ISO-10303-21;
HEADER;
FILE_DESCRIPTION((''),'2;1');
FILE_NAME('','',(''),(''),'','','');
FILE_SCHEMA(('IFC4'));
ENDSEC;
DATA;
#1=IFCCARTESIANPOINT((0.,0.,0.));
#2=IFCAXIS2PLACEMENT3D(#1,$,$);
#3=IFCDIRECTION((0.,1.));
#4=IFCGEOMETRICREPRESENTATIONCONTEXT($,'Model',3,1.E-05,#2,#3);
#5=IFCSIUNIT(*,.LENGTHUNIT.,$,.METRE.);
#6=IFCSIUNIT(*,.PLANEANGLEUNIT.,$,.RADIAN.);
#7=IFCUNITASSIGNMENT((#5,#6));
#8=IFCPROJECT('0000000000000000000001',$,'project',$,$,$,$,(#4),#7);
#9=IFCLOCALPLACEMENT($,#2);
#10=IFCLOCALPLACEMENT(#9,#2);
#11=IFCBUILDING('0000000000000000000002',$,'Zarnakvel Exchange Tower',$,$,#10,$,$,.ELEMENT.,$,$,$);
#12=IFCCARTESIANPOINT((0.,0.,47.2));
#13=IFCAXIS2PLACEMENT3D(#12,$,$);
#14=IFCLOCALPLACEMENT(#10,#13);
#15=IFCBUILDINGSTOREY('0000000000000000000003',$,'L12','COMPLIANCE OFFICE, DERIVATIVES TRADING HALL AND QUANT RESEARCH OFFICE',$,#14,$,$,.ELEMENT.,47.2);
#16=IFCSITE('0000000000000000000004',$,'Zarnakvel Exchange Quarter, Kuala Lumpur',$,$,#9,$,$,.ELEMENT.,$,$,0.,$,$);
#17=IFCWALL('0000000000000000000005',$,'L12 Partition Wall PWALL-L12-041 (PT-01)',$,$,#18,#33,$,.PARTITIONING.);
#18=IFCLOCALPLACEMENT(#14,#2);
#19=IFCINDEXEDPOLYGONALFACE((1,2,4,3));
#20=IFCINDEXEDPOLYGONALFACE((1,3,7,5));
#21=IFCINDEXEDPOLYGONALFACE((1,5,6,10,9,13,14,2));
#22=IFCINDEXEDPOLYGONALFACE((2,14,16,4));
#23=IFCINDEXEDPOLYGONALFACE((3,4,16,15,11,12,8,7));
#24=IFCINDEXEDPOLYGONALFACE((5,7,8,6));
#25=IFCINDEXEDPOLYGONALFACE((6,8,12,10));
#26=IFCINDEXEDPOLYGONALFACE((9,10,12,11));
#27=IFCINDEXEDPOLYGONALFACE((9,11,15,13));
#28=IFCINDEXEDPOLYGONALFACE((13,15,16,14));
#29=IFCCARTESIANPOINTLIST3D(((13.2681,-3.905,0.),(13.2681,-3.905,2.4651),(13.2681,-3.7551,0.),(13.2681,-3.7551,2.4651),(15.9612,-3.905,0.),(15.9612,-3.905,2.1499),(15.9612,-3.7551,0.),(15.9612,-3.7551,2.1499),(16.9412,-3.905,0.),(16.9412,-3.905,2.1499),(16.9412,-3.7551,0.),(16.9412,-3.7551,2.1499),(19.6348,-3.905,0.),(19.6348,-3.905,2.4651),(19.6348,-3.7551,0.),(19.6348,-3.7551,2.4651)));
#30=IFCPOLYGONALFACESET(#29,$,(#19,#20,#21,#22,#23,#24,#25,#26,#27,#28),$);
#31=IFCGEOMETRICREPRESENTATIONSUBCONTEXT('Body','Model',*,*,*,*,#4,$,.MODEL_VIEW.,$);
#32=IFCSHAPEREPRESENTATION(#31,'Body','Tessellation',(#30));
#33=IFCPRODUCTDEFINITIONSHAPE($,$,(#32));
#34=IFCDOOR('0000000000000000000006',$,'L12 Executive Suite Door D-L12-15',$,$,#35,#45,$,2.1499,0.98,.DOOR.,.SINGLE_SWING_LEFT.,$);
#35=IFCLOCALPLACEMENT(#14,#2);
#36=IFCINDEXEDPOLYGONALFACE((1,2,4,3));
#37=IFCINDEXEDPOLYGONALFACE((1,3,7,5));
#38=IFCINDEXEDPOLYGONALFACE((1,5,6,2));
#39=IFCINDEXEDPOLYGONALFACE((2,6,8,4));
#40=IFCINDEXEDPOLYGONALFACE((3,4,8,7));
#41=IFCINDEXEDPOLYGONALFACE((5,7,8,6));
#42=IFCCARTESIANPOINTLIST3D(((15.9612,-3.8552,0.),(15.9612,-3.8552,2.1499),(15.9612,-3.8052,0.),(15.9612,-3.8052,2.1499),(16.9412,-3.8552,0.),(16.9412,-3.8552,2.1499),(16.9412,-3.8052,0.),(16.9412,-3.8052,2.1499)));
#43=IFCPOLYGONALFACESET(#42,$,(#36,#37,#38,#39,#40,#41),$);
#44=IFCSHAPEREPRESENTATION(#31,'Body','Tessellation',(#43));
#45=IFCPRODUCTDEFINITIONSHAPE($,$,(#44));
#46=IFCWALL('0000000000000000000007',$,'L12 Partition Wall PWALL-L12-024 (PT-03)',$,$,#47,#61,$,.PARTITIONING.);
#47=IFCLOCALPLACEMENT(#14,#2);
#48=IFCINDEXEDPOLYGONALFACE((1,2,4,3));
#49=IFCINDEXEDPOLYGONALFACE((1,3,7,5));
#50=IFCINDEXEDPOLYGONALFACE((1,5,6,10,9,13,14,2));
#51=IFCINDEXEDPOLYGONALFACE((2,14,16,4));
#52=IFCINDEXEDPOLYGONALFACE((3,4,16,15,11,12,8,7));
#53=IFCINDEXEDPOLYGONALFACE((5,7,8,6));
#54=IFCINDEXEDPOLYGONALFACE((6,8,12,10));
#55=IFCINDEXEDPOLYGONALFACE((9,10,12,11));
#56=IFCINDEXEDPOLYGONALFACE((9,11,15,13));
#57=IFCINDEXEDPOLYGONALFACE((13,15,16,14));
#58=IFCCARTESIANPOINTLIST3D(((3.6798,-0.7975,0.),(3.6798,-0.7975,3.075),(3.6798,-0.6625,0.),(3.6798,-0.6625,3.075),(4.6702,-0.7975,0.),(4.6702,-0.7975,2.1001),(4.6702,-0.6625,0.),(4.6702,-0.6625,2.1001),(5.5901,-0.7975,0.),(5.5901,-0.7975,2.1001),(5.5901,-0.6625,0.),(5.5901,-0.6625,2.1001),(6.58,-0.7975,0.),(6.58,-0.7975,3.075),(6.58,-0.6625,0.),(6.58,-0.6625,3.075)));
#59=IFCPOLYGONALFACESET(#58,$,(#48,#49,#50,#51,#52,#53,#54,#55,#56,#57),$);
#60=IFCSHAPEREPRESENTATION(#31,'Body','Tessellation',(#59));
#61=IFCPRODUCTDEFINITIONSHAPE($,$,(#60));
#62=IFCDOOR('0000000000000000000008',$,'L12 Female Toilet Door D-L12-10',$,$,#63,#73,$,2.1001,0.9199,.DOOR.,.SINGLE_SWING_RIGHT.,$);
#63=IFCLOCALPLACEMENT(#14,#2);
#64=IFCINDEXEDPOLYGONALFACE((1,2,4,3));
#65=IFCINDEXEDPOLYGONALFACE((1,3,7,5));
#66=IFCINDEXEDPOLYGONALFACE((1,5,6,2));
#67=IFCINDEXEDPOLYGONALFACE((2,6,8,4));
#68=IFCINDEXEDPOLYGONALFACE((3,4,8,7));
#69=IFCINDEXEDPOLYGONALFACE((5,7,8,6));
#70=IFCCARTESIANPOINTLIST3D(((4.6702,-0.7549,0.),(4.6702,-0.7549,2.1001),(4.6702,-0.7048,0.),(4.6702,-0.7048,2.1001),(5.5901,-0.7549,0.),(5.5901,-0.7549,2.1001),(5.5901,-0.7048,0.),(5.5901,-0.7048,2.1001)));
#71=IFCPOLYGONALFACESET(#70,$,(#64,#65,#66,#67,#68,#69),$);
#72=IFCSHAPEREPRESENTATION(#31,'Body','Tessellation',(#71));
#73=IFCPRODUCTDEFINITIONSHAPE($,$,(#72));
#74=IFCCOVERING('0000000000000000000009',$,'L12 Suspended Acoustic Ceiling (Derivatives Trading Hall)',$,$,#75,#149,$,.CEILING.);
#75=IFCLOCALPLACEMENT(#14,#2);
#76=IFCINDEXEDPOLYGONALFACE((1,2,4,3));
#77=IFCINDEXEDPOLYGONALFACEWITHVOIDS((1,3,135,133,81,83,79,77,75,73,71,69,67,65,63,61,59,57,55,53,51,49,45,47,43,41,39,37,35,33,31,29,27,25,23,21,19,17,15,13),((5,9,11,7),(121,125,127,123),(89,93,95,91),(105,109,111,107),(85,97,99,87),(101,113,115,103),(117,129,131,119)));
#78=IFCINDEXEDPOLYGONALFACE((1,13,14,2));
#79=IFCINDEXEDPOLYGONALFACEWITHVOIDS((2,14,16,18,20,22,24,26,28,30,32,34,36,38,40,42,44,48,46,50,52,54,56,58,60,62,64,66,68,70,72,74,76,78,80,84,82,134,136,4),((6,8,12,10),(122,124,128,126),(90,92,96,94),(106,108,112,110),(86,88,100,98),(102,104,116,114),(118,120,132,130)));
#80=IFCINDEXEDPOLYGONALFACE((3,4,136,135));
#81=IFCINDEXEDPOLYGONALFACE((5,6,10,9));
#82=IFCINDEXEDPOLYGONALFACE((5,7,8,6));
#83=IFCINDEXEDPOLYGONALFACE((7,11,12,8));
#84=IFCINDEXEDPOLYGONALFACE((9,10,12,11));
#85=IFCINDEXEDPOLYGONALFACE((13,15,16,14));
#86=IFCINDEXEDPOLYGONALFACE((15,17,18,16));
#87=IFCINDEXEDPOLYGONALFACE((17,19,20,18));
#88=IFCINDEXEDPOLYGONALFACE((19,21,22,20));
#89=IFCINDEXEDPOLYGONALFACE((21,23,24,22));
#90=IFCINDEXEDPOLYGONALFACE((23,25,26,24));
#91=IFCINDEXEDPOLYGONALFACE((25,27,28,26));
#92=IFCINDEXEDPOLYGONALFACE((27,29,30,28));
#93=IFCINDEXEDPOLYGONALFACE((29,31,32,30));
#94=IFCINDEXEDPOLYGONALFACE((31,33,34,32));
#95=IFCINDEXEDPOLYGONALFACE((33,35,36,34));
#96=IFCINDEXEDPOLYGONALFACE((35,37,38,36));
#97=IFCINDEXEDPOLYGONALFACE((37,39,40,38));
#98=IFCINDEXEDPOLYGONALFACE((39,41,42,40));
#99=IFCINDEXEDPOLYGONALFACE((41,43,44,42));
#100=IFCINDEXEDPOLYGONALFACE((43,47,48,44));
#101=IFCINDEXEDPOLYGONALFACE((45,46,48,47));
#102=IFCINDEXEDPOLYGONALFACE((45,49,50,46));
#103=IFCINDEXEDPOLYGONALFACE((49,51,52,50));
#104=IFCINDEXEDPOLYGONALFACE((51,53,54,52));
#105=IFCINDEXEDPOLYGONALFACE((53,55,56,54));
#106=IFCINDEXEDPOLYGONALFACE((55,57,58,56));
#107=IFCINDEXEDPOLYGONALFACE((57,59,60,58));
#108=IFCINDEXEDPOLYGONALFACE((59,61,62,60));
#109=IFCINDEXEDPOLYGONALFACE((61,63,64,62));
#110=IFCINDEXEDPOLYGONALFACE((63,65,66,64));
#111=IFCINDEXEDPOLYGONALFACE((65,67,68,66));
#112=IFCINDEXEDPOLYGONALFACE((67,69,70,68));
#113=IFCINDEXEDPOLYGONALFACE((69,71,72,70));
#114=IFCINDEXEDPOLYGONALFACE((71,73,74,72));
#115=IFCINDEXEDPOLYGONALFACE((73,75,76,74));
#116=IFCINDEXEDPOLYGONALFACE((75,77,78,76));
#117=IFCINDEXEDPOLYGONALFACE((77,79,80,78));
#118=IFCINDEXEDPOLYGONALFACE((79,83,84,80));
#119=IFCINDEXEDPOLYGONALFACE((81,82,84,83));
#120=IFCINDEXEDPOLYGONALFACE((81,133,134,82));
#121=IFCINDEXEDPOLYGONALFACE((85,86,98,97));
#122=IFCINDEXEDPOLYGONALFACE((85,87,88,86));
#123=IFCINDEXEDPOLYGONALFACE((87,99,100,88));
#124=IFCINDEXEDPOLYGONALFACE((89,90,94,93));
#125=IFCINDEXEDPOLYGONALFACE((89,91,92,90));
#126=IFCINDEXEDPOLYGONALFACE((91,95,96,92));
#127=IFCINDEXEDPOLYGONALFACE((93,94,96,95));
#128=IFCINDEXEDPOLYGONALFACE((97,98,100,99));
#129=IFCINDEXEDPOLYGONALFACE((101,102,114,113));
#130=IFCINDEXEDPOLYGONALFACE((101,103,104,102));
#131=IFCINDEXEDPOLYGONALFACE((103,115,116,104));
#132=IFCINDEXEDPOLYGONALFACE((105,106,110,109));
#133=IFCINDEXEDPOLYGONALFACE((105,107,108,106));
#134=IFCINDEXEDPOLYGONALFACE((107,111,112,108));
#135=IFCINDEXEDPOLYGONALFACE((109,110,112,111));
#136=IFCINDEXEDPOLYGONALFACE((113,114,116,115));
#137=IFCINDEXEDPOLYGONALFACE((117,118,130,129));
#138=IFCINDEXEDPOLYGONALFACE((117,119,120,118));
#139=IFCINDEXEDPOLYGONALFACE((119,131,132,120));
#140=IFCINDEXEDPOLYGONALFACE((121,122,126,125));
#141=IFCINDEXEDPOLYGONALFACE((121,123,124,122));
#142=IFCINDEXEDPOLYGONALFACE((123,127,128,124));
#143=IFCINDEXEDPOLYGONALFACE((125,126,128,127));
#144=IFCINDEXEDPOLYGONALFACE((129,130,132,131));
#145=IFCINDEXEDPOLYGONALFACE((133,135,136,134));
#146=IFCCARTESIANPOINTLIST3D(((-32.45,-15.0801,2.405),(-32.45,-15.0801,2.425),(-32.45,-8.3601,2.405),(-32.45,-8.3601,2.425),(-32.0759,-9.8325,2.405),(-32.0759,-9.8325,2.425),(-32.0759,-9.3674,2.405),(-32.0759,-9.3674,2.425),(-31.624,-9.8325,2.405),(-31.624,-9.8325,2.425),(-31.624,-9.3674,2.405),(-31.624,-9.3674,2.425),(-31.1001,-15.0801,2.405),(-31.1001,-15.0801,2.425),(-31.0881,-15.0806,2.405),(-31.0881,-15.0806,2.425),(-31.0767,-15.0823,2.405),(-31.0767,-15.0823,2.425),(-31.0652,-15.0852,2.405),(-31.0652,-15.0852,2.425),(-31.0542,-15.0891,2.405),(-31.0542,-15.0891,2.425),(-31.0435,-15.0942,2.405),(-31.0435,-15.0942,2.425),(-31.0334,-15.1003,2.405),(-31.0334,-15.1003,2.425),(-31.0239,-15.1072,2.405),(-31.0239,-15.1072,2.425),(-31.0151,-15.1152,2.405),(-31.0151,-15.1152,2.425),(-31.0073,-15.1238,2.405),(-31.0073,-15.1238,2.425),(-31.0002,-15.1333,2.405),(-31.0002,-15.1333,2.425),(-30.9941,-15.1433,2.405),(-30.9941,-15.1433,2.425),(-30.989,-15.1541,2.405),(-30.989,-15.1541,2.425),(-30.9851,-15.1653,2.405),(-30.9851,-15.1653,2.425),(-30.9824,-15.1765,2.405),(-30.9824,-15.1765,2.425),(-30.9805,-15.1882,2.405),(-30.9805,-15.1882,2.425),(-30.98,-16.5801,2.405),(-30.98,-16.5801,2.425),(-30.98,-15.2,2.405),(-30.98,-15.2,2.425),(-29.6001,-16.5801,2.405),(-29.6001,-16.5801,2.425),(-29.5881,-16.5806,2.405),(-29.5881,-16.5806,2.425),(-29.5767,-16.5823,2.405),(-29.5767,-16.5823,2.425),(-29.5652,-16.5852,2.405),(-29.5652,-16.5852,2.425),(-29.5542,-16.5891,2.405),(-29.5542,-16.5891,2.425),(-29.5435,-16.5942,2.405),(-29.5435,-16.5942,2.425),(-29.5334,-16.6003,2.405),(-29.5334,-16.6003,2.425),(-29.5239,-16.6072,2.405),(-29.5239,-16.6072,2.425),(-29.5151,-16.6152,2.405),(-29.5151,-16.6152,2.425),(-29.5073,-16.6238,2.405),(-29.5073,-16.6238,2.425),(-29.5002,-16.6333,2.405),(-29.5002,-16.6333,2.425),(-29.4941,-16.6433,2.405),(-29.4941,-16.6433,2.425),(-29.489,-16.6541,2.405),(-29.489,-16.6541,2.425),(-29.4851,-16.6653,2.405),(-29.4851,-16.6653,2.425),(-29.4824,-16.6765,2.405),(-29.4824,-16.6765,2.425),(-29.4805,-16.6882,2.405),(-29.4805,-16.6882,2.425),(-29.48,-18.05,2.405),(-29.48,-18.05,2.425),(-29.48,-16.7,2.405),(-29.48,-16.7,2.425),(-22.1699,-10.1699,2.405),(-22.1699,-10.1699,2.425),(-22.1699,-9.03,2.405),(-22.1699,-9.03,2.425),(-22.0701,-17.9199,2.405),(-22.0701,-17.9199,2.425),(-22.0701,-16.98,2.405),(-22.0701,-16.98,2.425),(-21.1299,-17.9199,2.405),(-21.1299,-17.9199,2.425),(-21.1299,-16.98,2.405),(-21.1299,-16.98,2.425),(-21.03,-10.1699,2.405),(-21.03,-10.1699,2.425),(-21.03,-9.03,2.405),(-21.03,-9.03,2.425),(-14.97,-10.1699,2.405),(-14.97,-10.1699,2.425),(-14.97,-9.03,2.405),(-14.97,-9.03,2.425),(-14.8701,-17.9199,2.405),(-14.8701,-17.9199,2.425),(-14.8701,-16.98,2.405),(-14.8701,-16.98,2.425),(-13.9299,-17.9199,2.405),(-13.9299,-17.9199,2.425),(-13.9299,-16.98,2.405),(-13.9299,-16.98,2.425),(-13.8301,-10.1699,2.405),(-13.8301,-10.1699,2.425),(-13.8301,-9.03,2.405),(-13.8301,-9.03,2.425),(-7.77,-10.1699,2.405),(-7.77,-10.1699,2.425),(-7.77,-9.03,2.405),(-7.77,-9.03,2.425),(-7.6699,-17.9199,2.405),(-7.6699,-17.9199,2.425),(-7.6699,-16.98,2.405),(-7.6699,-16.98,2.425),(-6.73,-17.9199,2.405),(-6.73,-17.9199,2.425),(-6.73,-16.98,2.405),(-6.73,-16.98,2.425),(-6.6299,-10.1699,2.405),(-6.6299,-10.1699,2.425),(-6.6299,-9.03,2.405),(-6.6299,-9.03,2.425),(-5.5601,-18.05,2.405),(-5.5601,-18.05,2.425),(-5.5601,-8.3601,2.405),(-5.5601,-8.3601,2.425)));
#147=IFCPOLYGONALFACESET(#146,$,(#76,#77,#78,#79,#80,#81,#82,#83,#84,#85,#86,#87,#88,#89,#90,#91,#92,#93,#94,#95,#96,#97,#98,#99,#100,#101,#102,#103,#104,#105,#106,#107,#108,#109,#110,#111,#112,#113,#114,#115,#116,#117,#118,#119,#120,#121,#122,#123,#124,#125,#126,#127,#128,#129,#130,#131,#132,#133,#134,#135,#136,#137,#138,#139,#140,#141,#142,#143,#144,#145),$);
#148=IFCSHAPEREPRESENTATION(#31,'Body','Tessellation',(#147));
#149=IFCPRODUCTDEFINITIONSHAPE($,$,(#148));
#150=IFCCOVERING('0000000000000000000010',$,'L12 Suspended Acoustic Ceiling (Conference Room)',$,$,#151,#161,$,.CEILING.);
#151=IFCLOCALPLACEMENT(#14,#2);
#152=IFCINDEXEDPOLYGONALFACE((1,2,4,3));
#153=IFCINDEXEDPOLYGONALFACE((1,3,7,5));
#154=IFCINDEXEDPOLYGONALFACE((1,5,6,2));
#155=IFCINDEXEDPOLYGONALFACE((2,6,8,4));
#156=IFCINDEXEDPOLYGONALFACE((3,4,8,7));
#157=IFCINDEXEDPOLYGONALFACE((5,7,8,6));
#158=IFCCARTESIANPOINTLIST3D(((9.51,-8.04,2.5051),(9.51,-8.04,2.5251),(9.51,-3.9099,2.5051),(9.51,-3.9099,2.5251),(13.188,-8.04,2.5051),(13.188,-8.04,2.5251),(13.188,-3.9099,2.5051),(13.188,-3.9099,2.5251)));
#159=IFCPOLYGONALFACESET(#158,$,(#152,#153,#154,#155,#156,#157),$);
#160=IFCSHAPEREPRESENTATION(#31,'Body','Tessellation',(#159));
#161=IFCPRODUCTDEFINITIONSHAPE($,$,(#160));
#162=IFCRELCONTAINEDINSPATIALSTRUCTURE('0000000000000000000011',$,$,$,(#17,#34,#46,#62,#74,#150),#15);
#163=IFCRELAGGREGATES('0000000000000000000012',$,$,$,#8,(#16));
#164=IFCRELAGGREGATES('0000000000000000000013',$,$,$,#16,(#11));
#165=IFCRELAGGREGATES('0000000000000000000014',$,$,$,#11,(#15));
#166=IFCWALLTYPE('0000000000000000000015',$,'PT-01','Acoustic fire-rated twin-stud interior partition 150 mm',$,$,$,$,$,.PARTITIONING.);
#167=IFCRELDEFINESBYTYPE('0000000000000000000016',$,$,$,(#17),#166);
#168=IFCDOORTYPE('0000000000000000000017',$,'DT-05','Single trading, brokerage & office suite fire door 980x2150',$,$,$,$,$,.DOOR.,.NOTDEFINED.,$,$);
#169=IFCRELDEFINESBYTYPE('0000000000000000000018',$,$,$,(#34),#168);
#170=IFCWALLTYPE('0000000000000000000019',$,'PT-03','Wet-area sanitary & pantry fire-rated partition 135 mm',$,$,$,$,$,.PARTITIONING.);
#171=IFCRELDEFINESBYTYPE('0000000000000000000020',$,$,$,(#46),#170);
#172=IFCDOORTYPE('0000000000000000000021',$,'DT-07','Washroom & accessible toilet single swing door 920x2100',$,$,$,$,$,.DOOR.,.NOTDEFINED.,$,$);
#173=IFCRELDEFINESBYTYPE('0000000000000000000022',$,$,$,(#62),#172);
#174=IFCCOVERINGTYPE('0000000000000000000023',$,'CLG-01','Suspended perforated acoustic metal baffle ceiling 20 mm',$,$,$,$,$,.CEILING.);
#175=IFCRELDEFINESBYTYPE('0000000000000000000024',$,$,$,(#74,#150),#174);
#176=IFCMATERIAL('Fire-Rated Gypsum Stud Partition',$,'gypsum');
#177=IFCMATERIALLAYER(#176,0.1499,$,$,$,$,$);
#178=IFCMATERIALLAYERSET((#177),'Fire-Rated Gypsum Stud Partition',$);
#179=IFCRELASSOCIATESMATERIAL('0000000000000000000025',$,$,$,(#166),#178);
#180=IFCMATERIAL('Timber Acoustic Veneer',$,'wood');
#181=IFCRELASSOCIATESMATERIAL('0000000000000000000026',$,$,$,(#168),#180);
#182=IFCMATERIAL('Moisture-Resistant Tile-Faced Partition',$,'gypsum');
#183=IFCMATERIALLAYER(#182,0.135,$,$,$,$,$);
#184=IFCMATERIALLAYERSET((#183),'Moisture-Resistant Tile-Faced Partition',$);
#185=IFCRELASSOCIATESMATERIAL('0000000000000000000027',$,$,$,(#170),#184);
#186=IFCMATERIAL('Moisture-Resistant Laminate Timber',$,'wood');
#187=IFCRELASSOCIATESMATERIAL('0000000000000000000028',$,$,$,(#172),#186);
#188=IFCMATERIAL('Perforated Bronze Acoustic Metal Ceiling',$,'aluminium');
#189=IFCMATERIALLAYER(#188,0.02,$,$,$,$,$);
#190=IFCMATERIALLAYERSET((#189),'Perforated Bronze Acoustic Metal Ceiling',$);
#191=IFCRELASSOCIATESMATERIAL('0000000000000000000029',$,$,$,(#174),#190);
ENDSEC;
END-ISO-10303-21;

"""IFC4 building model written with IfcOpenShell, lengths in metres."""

from ifc_helpers import new_model, si_unit, direction, frame, frame_2d, origin, place, context, subcontext, project, spatial, polyline, rectangle, outline, extrude, source, transform, mapped, material, layer, layer_set, type_object, element, fill, save


model = new_model("IFC4")

# Units and contexts
model_context = context("Model", 3, precision=1e-05, world=origin(), true_north=direction((0.0, 1.0)))
body_context = subcontext(model_context, "Body", "Model", "MODEL_VIEW")
ifc_project = project(units=[si_unit("LENGTHUNIT", "METRE"), si_unit("PLANEANGLEUNIT", "RADIAN")], contexts=[model_context])

# Site, building, storey
site_placement = place(None, origin())
site = spatial("IfcSite", under=ifc_project, at=site_placement, Name="Zarnakvel Exchange Quarter, Kuala Lumpur", CompositionType="ELEMENT", RefElevation=0.0)
building_placement = place(site_placement, origin())
building = spatial("IfcBuilding", under=site, at=building_placement, Name="Zarnakvel Exchange Tower", CompositionType="ELEMENT")
storey_placement = place(building_placement, frame((0.0, 0.0, 47.2)))
storey = spatial("IfcBuildingStorey", under=building, at=storey_placement, Name="L12", Description="COMPLIANCE OFFICE, DERIVATIVES TRADING HALL AND QUANT RESEARCH OFFICE", CompositionType="ELEMENT", Elevation=47.2)

# Shared definitions
ifc_material_1 = material(Name="Fire-Rated Gypsum Stud Partition", Category="gypsum")
ifc_layer_1 = layer(ifc_material_1, 0.1499)
ifc_layer_set_1 = layer_set([ifc_layer_1], Name="Fire-Rated Gypsum Stud Partition")
wall_type_1 = type_object("IfcWallType", Name="PT-01", Description="Acoustic fire-rated twin-stud interior partition 150 mm", PredefinedType="PARTITIONING", material=ifc_layer_set_1)

# Shared definitions
ifc_material_2 = material(Name="Timber Acoustic Veneer", Category="wood")
door_type_1 = type_object("IfcDoorType", Name="DT-05", Description="Single trading, brokerage & office suite fire door 980x2150", OperationType="NOTDEFINED", PredefinedType="DOOR", material=ifc_material_2)
shared_shape_1 = source(origin(), body_context, "Body", "SweptSolid", [
    extrude(rectangle(XDim=0.98, YDim=2.1499, at=frame_2d((0.49, 1.075))), frame((0.0, 0.0249, 0.0), z_axis=(0.0, -1.0, 0.0), x_axis=(1.0, 0.0, 0.0)), (0.0, 0.0, 1.0), 0.05),
])

# Walls, openings, doors
wall_1_placement = place(storey_placement, frame((13.2681, -3.8301, 0.0), z_axis=(0.0, 0.0, 1.0), x_axis=(1.0, 0.0, 0.0)))
wall_1 = element("IfcWall", 1, at=wall_1_placement, inside=storey, type_object=wall_type_1, Name="L12 Partition Wall PWALL-L12-041 (PT-01)", PredefinedType="PARTITIONING", context=body_context, shape_type="SweptSolid", body=[
    extrude(rectangle(XDim=6.3667, YDim=0.1499, at=frame_2d((3.1833, 0.0))), origin(), (0.0, 0.0, 1.0), 2.4651),
])
opening_1_placement = place(wall_1_placement, frame((2.6931, 0.0, 0.0)))
opening_1 = element("IfcOpeningElement", 2, at=opening_1_placement, cuts=wall_1, PredefinedType="OPENING", context=body_context, shape_type="SweptSolid", body=[
    extrude(rectangle(XDim=0.98, YDim=2.1499, at=frame_2d((0.49, 1.075))), frame((0.0, 0.085, 0.0), z_axis=(0.0, -1.0, 0.0), x_axis=(1.0, 0.0, 0.0)), (0.0, 0.0, 1.0), 0.1699),
])
door_1_placement = place(opening_1_placement, origin())
door_1 = element("IfcDoor", 3, at=door_1_placement, inside=storey, type_object=door_type_1, Name="L12 Executive Suite Door D-L12-15", OperationType="SINGLE_SWING_LEFT", OverallHeight=2.1499, OverallWidth=0.98, PredefinedType="DOOR", context=body_context, shape_type="MappedRepresentation", body=[
    mapped(shared_shape_1, transform((0.0, 0.0, 0.0), x_axis=(1.0, 0.0, 0.0), y_axis=(0.0, 1.0, 0.0), z_axis=(0.0, 0.0, 1.0), scale=1.0)),
])
fill(opening_1, door_1)
ifc_material_3 = material(Name="Moisture-Resistant Tile-Faced Partition", Category="gypsum")
ifc_layer_2 = layer(ifc_material_3, 0.135)
ifc_layer_set_2 = layer_set([ifc_layer_2], Name="Moisture-Resistant Tile-Faced Partition")
wall_type_2 = type_object("IfcWallType", Name="PT-03", Description="Wet-area sanitary & pantry fire-rated partition 135 mm", PredefinedType="PARTITIONING", material=ifc_layer_set_2)
wall_2_placement = place(storey_placement, frame((6.5801, -0.73, 0.0), z_axis=(0.0, 0.0, 1.0), x_axis=(-1.0, 0.0, 0.0)))
wall_2 = element("IfcWall", 4, at=wall_2_placement, inside=storey, type_object=wall_type_2, Name="L12 Partition Wall PWALL-L12-024 (PT-03)", PredefinedType="PARTITIONING", context=body_context, shape_type="SweptSolid", body=[
    extrude(rectangle(XDim=2.9001, YDim=0.135, at=frame_2d((1.4502, 0.0))), origin(), (0.0, 0.0, 1.0), 3.075),
])
opening_2_placement = place(wall_2_placement, frame((0.99, 0.0, 0.0)))
opening_2 = element("IfcOpeningElement", 5, at=opening_2_placement, cuts=wall_2, PredefinedType="OPENING", context=body_context, shape_type="SweptSolid", body=[
    extrude(rectangle(XDim=0.9199, YDim=2.1001, at=frame_2d((0.46, 1.05))), frame((0.0, 0.0774, 0.0), z_axis=(0.0, -1.0, 0.0), x_axis=(1.0, 0.0, 0.0)), (0.0, 0.0, 1.0), 0.155),
])
ifc_material_4 = material(Name="Moisture-Resistant Laminate Timber", Category="wood")
door_type_2 = type_object("IfcDoorType", Name="DT-07", Description="Washroom & accessible toilet single swing door 920x2100", OperationType="NOTDEFINED", PredefinedType="DOOR", material=ifc_material_4)
shared_shape_2 = source(origin(), body_context, "Body", "SweptSolid", [
    extrude(rectangle(XDim=0.9199, YDim=2.1001, at=frame_2d((0.46, 1.05))), frame((0.0, 0.0249, 0.0), z_axis=(0.0, -1.0, 0.0), x_axis=(1.0, 0.0, 0.0)), (0.0, 0.0, 1.0), 0.05),
])
door_2_placement = place(opening_2_placement, origin())
door_2 = element("IfcDoor", 6, at=door_2_placement, inside=storey, type_object=door_type_2, Name="L12 Female Toilet Door D-L12-10", OperationType="SINGLE_SWING_RIGHT", OverallHeight=2.1001, OverallWidth=0.9199, PredefinedType="DOOR", context=body_context, shape_type="MappedRepresentation", body=[
    mapped(shared_shape_2, transform((0.0, 0.0, 0.0), x_axis=(1.0, 0.0, 0.0), y_axis=(0.0, 1.0, 0.0), z_axis=(0.0, 0.0, 1.0), scale=1.0)),
])
fill(opening_2, door_2)

# Coverings
ifc_material_5 = material(Name="Perforated Bronze Acoustic Metal Ceiling", Category="aluminium")
ifc_layer_3 = layer(ifc_material_5, 0.02)
ifc_layer_set_3 = layer_set([ifc_layer_3], Name="Perforated Bronze Acoustic Metal Ceiling")
covering_type_1 = type_object("IfcCoveringType", Name="CLG-01", Description="Suspended perforated acoustic metal baffle ceiling 20 mm", PredefinedType="CEILING", material=ifc_layer_set_3)
covering_1_placement = place(storey_placement, frame((0.0, 0.0, 2.405)))
element("IfcCovering", 7, at=covering_1_placement, inside=storey, type_object=covering_type_1, Name="L12 Suspended Acoustic Ceiling (Derivatives Trading Hall)", PredefinedType="CEILING", context=body_context, shape_type="SweptSolid", body=[
    extrude(outline(polyline([(-5.5601, -8.3601), (-5.5601, -18.05), (-29.48, -18.05), (-29.48, -16.7), (-29.4805, -16.6882), (-29.4824, -16.6765), (-29.4851, -16.6653), (-29.489, -16.6541), (-29.4941, -16.6433), (-29.5002, -16.6333), (-29.5073, -16.6238), (-29.5151, -16.6152), (-29.5239, -16.6072), (-29.5334, -16.6003), (-29.5435, -16.5942), (-29.5542, -16.5891), (-29.5652, -16.5852), (-29.5767, -16.5823), (-29.5881, -16.5806), (-29.6001, -16.5801), (-30.98, -16.5801), (-30.98, -15.2), (-30.9805, -15.1882), (-30.9824, -15.1765), (-30.9851, -15.1653), (-30.989, -15.1541), (-30.9941, -15.1433), (-31.0002, -15.1333), (-31.0073, -15.1238), (-31.0151, -15.1152), (-31.0239, -15.1072), (-31.0334, -15.1003), (-31.0435, -15.0942), (-31.0542, -15.0891), (-31.0652, -15.0852), (-31.0767, -15.0823), (-31.0881, -15.0806), (-31.1001, -15.0801), (-32.45, -15.0801), (-32.45, -8.3601), (-5.5601, -8.3601)]), holes=[polyline([(-7.77, -10.1699), (-6.6299, -10.1699), (-6.6299, -9.03), (-7.77, -9.03), (-7.77, -10.1699)]), polyline([(-6.73, -17.9199), (-6.73, -16.98), (-7.6699, -16.98), (-7.6699, -17.9199), (-6.73, -17.9199)]), polyline([(-13.8301, -10.1699), (-13.8301, -9.03), (-14.97, -9.03), (-14.97, -10.1699), (-13.8301, -10.1699)]), polyline([(-13.9299, -17.9199), (-13.9299, -16.98), (-14.8701, -16.98), (-14.8701, -17.9199), (-13.9299, -17.9199)]), polyline([(-21.03, -10.1699), (-21.03, -9.03), (-22.1699, -9.03), (-22.1699, -10.1699), (-21.03, -10.1699)]), polyline([(-21.1299, -17.9199), (-21.1299, -16.98), (-22.0701, -16.98), (-22.0701, -17.9199), (-21.1299, -17.9199)]), polyline([(-32.0759, -9.8325), (-31.624, -9.8325), (-31.624, -9.3674), (-32.0759, -9.3674), (-32.0759, -9.8325)])]), origin(), (0.0, 0.0, 1.0), 0.02),
])
covering_2_placement = place(storey_placement, frame((0.0, 0.0, 2.5051)))
element("IfcCovering", 8, at=covering_2_placement, inside=storey, type_object=covering_type_1, Name="L12 Suspended Acoustic Ceiling (Conference Room)", PredefinedType="CEILING", context=body_context, shape_type="SweptSolid", body=[
    extrude(outline(polyline([(9.51, -3.9099), (13.188, -3.9099), (13.188, -8.04), (9.51, -8.04), (9.51, -3.9099)])), origin(), (0.0, 0.0, 1.0), 0.02),
])

save(model, "model.ifc")
